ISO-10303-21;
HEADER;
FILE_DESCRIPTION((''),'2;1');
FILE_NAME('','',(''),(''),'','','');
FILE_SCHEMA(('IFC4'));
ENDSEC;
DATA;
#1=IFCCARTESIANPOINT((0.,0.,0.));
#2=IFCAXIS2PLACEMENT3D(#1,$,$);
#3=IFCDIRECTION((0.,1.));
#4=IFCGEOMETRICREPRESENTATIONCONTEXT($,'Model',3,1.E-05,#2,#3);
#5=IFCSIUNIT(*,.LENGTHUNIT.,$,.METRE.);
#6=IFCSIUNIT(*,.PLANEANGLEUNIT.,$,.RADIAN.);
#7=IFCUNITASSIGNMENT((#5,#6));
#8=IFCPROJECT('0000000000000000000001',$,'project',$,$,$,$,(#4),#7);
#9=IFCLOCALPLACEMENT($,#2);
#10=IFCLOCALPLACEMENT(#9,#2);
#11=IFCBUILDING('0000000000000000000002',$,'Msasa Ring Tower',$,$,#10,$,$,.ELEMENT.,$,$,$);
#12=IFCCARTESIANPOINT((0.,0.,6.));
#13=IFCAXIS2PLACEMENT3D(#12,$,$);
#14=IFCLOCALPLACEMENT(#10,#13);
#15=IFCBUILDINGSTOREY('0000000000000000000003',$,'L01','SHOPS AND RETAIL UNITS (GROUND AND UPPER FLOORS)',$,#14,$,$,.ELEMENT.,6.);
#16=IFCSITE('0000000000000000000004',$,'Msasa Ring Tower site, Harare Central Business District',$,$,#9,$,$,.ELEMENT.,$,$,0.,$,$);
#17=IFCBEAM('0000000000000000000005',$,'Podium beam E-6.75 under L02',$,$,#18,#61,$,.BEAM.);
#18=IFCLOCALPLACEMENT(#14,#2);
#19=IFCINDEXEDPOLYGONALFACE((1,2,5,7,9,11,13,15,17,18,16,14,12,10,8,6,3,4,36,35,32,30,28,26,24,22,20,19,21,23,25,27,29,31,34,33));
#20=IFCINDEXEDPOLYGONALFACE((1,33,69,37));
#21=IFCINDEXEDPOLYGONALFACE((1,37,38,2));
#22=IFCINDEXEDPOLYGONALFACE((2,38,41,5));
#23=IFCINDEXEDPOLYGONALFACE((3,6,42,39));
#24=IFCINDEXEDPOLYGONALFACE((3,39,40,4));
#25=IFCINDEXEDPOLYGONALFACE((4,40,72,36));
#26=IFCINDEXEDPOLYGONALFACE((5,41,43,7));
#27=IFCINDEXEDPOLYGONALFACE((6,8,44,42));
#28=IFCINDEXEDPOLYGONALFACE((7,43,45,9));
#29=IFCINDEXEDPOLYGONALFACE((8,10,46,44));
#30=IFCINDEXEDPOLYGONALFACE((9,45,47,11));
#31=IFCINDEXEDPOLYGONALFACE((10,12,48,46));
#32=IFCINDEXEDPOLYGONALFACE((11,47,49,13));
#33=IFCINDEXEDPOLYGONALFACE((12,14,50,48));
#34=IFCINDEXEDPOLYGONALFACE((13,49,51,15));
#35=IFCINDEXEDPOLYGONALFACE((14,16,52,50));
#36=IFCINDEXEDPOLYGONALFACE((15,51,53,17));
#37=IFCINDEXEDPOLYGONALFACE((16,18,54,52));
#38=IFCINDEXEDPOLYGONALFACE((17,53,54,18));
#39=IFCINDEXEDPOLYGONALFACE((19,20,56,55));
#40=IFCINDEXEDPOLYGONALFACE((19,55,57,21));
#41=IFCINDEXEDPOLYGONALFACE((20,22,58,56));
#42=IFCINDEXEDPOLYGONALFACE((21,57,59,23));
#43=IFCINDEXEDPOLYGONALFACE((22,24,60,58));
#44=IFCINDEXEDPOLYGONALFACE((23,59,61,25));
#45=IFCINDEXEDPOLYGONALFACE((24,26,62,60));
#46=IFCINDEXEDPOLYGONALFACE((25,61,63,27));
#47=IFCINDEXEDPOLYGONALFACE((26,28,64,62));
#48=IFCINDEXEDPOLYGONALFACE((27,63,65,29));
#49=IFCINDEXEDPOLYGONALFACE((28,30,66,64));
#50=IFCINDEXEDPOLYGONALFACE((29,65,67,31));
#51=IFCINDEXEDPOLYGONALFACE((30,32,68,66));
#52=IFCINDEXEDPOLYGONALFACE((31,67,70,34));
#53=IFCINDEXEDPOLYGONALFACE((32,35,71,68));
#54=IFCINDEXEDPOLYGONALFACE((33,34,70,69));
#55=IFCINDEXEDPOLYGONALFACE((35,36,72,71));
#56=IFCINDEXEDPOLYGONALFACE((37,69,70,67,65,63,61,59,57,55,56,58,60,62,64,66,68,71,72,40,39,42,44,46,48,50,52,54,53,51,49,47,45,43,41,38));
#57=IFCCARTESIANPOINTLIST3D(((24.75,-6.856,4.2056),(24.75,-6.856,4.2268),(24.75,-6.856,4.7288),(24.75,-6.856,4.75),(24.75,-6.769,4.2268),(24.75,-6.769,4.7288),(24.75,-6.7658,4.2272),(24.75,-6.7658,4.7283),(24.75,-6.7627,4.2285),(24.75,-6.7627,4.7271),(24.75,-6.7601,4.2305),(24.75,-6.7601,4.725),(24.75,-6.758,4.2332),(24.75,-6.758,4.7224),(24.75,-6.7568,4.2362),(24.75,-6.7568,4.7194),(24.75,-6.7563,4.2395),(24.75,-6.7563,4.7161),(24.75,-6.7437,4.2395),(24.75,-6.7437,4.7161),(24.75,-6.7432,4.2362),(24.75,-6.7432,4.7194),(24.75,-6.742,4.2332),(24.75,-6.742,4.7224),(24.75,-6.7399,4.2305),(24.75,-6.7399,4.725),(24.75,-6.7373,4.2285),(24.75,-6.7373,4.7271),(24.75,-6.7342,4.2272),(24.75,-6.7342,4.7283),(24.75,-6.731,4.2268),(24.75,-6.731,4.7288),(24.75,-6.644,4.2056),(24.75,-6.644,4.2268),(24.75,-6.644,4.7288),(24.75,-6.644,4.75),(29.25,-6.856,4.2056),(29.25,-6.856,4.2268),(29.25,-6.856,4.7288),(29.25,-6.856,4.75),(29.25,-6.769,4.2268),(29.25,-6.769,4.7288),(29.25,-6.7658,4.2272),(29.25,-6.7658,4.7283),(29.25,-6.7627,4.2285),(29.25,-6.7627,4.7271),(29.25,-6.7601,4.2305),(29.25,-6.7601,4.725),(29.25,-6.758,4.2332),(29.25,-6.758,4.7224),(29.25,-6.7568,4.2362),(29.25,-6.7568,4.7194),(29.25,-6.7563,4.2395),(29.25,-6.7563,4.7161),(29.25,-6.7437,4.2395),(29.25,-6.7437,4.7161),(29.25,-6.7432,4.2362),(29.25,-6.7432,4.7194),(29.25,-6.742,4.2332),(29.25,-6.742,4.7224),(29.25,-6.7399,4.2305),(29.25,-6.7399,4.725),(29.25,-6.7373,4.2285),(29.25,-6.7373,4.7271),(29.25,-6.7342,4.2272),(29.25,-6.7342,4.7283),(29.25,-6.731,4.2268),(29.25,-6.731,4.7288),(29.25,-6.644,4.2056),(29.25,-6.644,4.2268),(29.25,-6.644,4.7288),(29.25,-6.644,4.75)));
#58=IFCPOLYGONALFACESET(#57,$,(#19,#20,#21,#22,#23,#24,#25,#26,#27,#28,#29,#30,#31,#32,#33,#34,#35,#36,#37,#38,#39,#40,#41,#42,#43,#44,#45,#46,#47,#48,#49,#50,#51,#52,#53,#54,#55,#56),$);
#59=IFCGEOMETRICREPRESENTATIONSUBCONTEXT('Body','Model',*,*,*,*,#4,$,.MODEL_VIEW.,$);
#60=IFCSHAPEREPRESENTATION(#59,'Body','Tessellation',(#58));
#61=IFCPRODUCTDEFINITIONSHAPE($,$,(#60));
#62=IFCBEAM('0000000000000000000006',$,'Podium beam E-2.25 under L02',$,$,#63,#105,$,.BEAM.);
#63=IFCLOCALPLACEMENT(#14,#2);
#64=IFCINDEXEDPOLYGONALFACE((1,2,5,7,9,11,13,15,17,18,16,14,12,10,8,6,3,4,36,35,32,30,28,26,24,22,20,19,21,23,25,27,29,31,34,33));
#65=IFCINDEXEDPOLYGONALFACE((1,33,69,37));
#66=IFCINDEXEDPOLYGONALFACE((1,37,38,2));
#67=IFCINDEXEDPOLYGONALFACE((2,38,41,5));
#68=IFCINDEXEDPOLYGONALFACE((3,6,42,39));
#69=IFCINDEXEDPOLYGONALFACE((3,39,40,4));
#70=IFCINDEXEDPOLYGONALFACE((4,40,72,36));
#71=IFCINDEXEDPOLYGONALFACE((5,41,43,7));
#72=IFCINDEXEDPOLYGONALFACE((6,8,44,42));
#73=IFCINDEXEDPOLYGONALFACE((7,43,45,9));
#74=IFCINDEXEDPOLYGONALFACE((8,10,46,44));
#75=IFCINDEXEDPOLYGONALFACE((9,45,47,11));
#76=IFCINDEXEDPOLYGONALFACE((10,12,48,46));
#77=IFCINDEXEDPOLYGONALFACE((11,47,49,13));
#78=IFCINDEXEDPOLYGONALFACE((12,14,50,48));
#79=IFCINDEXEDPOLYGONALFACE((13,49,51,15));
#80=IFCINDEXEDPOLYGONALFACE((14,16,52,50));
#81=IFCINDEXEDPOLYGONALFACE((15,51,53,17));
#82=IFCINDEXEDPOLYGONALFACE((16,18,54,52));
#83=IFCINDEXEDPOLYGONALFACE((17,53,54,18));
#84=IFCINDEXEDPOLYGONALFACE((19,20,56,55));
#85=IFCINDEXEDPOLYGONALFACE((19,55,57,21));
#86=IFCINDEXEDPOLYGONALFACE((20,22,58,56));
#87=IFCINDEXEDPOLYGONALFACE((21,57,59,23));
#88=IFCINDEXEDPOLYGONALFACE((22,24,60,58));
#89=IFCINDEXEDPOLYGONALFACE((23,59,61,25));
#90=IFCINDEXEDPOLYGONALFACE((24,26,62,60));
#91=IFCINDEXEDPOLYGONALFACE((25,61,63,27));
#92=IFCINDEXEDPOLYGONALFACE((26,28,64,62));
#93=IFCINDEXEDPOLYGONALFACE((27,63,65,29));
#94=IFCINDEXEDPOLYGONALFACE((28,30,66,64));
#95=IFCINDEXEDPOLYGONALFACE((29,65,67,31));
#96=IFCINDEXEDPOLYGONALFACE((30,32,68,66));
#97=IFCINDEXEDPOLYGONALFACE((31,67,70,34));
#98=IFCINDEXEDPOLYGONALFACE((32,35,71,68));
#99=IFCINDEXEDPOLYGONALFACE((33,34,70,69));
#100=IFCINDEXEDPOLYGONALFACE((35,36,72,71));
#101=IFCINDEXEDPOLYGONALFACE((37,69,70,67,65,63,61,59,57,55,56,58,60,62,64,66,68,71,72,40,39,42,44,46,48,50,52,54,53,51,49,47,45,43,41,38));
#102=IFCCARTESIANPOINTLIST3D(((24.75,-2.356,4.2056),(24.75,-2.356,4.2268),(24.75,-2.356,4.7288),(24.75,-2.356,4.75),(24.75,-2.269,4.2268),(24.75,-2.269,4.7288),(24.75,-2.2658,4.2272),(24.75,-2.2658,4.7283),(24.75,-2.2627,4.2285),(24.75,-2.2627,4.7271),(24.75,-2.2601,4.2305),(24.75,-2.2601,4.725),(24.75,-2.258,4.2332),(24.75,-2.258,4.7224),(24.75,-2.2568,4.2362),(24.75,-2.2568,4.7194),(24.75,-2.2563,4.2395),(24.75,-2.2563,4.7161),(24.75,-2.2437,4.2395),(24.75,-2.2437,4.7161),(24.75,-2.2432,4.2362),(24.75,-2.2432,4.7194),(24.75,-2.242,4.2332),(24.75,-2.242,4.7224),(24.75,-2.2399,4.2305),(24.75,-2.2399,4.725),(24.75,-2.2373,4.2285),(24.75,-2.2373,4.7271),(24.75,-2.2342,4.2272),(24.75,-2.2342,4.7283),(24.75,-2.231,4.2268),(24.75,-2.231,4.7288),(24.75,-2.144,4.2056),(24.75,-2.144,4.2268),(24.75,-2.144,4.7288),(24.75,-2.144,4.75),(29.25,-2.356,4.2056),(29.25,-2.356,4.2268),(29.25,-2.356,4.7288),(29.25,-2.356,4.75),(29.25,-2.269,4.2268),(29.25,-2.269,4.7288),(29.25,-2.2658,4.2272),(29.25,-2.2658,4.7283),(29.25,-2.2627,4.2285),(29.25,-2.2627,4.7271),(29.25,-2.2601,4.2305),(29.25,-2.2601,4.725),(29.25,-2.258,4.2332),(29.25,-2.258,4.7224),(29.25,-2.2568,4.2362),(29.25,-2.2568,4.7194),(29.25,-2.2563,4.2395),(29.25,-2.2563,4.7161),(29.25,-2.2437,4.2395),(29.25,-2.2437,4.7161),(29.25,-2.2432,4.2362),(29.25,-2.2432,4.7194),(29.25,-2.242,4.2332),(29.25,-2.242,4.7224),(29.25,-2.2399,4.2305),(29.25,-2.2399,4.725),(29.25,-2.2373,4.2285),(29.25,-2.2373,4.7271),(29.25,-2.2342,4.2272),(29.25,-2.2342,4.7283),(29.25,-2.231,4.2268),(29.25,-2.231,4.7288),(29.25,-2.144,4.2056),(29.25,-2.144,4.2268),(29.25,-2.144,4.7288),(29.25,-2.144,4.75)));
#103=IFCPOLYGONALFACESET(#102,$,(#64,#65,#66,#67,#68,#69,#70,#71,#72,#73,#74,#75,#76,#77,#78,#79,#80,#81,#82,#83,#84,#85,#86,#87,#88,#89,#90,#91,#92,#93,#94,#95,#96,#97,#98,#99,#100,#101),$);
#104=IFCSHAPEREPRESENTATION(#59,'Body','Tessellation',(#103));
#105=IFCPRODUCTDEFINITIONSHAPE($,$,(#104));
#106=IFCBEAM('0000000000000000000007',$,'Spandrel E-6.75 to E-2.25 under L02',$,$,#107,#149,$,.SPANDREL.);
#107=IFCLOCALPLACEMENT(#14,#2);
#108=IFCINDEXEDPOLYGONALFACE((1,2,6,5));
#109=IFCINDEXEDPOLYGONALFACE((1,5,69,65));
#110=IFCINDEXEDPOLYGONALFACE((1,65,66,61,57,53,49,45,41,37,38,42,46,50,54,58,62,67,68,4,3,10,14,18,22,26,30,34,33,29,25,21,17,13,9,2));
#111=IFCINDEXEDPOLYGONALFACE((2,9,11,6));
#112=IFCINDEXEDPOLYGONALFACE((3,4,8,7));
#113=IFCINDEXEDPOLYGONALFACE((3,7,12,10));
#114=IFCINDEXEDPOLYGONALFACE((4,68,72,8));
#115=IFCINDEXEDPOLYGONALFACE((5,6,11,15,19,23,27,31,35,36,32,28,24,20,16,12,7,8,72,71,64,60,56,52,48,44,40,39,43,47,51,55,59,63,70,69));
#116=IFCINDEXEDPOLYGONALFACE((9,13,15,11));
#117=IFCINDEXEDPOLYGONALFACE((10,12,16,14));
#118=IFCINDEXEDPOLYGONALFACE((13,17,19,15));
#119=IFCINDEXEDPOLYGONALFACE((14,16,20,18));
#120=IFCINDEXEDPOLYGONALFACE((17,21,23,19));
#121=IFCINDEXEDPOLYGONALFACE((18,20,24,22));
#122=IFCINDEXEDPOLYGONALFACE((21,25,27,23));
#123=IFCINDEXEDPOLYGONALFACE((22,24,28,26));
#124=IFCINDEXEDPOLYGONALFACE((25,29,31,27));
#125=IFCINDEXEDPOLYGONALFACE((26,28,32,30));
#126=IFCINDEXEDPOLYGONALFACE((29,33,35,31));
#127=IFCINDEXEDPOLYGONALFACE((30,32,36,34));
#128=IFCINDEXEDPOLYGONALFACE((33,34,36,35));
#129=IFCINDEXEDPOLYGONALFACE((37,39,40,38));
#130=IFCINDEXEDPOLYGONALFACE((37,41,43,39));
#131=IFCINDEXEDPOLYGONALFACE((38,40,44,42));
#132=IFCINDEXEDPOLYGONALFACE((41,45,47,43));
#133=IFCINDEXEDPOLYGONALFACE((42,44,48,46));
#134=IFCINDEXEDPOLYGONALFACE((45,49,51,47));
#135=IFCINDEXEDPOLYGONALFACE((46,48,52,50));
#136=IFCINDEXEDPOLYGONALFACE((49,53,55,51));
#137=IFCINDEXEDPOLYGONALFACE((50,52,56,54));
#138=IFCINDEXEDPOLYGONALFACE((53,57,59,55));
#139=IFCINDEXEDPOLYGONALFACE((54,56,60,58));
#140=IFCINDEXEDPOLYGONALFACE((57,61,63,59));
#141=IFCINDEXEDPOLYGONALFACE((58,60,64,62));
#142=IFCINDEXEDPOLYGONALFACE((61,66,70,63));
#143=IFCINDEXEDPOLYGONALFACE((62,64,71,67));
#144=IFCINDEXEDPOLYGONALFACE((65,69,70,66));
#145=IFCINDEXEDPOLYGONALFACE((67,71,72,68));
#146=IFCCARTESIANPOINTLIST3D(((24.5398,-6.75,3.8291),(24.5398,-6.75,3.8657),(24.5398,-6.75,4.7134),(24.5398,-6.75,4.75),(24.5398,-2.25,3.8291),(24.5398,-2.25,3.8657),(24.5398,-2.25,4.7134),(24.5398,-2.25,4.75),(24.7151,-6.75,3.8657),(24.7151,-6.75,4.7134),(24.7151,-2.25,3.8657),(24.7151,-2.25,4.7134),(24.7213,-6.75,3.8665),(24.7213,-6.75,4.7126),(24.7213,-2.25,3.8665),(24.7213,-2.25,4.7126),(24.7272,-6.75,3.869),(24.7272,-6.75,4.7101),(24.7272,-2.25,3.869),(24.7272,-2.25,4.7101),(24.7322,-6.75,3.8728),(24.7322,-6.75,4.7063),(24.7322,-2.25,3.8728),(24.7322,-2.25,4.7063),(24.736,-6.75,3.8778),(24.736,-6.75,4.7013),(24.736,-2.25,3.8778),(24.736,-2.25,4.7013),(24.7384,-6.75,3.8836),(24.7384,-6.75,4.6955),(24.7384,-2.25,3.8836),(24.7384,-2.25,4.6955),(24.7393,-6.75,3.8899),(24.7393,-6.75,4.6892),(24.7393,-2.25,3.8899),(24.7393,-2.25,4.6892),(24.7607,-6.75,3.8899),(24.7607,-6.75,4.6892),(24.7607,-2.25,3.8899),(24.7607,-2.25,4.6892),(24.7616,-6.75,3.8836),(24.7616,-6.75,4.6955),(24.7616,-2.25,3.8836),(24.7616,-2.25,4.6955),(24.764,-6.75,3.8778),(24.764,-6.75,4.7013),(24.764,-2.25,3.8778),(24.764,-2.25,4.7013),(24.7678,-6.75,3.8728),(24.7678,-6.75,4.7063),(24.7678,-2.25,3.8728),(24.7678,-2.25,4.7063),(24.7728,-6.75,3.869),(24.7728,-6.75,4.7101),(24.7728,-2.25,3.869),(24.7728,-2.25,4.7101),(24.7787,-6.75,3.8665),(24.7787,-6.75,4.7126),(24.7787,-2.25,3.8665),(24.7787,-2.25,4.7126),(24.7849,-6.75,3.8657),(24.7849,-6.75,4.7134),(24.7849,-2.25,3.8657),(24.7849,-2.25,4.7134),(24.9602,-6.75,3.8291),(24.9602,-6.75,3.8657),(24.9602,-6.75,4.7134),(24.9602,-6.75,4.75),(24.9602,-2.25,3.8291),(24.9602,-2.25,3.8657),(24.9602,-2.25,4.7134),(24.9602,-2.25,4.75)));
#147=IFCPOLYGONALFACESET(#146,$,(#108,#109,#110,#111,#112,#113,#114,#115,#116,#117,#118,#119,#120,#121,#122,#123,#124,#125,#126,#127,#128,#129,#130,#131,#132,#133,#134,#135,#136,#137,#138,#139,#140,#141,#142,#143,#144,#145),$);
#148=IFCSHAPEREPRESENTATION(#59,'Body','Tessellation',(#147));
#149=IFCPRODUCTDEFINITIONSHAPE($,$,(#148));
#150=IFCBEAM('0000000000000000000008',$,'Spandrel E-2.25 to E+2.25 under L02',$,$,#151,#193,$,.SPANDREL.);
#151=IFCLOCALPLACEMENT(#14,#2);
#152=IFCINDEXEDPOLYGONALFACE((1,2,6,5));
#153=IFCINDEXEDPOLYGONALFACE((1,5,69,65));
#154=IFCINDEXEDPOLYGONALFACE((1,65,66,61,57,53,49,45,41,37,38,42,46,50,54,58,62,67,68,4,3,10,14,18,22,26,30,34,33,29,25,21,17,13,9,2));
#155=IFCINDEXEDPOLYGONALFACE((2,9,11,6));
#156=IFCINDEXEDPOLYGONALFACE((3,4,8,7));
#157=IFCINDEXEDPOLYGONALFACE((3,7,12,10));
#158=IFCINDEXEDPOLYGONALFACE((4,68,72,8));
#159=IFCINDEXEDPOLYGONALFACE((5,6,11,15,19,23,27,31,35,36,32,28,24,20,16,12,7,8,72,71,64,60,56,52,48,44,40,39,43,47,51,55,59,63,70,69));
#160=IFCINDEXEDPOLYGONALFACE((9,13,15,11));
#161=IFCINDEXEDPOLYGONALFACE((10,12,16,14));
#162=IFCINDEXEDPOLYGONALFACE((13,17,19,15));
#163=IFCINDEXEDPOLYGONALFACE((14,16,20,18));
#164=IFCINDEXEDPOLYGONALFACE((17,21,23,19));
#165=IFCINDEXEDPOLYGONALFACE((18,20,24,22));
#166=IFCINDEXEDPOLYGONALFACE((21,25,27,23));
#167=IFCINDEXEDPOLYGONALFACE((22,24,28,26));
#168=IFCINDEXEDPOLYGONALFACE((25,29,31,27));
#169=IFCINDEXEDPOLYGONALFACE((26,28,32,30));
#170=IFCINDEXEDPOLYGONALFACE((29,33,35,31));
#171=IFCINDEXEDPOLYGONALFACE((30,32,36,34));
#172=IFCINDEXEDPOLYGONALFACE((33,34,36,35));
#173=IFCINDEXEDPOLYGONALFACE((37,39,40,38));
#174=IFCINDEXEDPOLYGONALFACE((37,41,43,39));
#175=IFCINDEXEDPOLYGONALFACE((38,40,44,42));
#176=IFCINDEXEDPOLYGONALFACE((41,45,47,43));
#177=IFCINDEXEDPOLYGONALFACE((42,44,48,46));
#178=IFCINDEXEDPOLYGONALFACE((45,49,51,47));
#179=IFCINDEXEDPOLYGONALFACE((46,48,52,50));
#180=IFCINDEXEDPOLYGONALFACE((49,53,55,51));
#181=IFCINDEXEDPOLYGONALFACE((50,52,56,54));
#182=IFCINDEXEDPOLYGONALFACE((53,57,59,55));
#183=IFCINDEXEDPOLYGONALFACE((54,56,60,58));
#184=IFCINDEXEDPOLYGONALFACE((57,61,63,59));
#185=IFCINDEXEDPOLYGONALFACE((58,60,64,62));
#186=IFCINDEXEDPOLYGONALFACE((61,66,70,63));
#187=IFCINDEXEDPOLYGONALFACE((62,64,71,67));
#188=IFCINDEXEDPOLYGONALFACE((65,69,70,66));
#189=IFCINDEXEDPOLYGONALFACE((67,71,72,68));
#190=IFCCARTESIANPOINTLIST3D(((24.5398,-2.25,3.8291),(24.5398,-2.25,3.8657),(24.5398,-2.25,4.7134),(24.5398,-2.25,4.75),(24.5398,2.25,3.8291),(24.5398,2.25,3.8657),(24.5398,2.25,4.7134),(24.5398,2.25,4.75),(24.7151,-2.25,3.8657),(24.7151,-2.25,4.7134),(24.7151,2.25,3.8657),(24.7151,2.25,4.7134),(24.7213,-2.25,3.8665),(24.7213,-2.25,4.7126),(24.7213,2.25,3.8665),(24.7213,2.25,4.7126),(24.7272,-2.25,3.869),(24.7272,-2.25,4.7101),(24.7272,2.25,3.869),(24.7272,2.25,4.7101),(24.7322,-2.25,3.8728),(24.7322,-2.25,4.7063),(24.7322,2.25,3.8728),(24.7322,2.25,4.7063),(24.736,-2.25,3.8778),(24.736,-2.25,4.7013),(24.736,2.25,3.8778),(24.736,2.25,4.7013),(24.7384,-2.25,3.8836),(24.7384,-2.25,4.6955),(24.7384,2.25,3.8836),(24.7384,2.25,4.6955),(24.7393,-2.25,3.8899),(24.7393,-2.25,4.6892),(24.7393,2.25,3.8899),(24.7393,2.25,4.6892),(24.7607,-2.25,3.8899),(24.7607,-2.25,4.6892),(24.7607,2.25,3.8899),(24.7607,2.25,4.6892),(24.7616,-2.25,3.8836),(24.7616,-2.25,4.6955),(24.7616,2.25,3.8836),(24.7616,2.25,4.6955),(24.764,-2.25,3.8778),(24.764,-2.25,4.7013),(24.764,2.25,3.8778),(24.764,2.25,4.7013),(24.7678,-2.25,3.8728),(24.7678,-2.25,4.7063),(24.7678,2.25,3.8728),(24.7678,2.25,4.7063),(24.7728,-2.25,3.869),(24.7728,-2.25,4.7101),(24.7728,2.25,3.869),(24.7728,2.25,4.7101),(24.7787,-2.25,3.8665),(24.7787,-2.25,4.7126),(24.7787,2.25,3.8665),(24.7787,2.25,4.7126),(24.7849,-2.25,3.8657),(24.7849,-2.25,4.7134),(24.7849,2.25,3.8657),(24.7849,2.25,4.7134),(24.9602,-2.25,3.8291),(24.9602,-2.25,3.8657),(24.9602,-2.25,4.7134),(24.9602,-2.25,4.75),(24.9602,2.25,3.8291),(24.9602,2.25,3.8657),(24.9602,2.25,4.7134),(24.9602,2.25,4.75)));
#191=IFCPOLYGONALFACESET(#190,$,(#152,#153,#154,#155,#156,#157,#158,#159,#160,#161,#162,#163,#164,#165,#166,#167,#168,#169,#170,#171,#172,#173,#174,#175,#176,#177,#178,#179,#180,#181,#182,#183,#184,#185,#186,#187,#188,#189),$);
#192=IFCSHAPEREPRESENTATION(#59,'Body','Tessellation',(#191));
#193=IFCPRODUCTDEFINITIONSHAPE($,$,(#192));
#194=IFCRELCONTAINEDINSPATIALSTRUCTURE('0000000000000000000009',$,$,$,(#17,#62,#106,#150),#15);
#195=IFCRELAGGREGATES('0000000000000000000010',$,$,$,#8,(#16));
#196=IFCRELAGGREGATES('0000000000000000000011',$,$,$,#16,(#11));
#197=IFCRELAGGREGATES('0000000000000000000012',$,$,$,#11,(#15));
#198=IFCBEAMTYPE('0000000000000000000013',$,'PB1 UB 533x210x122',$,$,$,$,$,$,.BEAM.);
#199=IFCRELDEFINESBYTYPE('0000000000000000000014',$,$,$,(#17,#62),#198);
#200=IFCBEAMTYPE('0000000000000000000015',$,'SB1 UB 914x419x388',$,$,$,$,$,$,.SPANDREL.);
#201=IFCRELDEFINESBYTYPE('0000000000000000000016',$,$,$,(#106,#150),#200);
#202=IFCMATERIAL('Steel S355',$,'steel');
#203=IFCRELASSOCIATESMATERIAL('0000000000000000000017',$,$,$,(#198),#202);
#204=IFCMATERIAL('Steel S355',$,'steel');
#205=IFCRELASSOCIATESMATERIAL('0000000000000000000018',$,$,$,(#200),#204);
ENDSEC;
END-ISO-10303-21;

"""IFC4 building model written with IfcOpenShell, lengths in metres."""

from ifc_helpers import new_model, si_unit, direction, frame, origin, origin_2d, place, context, subcontext, project, spatial, i_section, extrude, material, material_profile, profile_set, type_object, element, save


model = new_model("IFC4")

# Units and contexts
model_context = context("Model", 3, precision=1e-05, world=origin(), true_north=direction((0.0, 1.0)))
body_context = subcontext(model_context, "Body", "Model", "MODEL_VIEW")
ifc_project = project(units=[si_unit("LENGTHUNIT", "METRE"), si_unit("PLANEANGLEUNIT", "RADIAN")], contexts=[model_context])

# Site, building, storey
site_placement = place(None, origin())
site = spatial("IfcSite", under=ifc_project, at=site_placement, Name="Msasa Ring Tower site, Harare Central Business District", CompositionType="ELEMENT", RefElevation=0.0)
building_placement = place(site_placement, origin())
building = spatial("IfcBuilding", under=site, at=building_placement, Name="Msasa Ring Tower", CompositionType="ELEMENT")
storey_placement = place(building_placement, frame((0.0, 0.0, 6.0)))
storey = spatial("IfcBuildingStorey", under=building, at=storey_placement, Name="L01", Description="SHOPS AND RETAIL UNITS (GROUND AND UPPER FLOORS)", CompositionType="ELEMENT", Elevation=6.0)

# Beams
ifc_material_1 = material(Name="Steel S355", Category="steel")
ifc_material_profile_1 = material_profile(ifc_material_1, i_section(OverallWidth=0.2119, OverallDepth=0.5444, WebThickness=0.0127, FlangeThickness=0.0212, FilletRadius=0.0127, at=origin_2d()), Name="UB 533x210x122")
ifc_profile_set_1 = profile_set([ifc_material_profile_1], Name="Steel S355")
beam_type_1 = type_object("IfcBeamType", Name="PB1 UB 533x210x122", PredefinedType="BEAM", material=ifc_profile_set_1)
for number, where, z_axis, x_axis, name in (
    (1, (29.25, -6.75, 4.4778), (-1.0, 0.0, 0.0), (0.0, -1.0, 0.0), "Podium beam E-6.75 under L02"),
    (2, (29.25, -2.25, 4.4778), (-1.0, 0.0, 0.0), (0.0, -1.0, 0.0), "Podium beam E-2.25 under L02"),
):
    element("IfcBeam", number, at=place(storey_placement, frame(where, z_axis=z_axis, x_axis=x_axis)), inside=storey, type_object=beam_type_1, Name=name, PredefinedType="BEAM", context=body_context, shape_type="SweptSolid", body=[
        extrude(i_section(OverallWidth=0.2119, OverallDepth=0.5444, WebThickness=0.0127, FlangeThickness=0.0212, FilletRadius=0.0127, at=origin_2d()), origin(), (0.0, 0.0, 1.0), 4.5),
    ])
ifc_material_2 = material(Name="Steel S355", Category="steel")
ifc_material_profile_2 = material_profile(ifc_material_2, i_section(OverallWidth=0.4204, OverallDepth=0.9209, WebThickness=0.0215, FlangeThickness=0.0366, FilletRadius=0.0242, at=origin_2d()), Name="UB 914x419x388")
ifc_profile_set_2 = profile_set([ifc_material_profile_2], Name="Steel S355")
beam_type_2 = type_object("IfcBeamType", Name="SB1 UB 914x419x388", PredefinedType="SPANDREL", material=ifc_profile_set_2)
for number, where, z_axis, x_axis, name in (
    (3, (24.75, -6.75, 4.2896), (0.0, 1.0, 0.0), (-1.0, 0.0, 0.0), "Spandrel E-6.75 to E-2.25 under L02"),
    (4, (24.75, -2.25, 4.2896), (0.0, 1.0, 0.0), (-1.0, 0.0, 0.0), "Spandrel E-2.25 to E+2.25 under L02"),
):
    element("IfcBeam", number, at=place(storey_placement, frame(where, z_axis=z_axis, x_axis=x_axis)), inside=storey, type_object=beam_type_2, Name=name, PredefinedType="SPANDREL", context=body_context, shape_type="SweptSolid", body=[
        extrude(i_section(OverallWidth=0.4204, OverallDepth=0.9209, WebThickness=0.0215, FlangeThickness=0.0366, FilletRadius=0.0242, at=origin_2d()), origin(), (0.0, 0.0, 1.0), 4.5),
    ])

save(model, "model.ifc")
